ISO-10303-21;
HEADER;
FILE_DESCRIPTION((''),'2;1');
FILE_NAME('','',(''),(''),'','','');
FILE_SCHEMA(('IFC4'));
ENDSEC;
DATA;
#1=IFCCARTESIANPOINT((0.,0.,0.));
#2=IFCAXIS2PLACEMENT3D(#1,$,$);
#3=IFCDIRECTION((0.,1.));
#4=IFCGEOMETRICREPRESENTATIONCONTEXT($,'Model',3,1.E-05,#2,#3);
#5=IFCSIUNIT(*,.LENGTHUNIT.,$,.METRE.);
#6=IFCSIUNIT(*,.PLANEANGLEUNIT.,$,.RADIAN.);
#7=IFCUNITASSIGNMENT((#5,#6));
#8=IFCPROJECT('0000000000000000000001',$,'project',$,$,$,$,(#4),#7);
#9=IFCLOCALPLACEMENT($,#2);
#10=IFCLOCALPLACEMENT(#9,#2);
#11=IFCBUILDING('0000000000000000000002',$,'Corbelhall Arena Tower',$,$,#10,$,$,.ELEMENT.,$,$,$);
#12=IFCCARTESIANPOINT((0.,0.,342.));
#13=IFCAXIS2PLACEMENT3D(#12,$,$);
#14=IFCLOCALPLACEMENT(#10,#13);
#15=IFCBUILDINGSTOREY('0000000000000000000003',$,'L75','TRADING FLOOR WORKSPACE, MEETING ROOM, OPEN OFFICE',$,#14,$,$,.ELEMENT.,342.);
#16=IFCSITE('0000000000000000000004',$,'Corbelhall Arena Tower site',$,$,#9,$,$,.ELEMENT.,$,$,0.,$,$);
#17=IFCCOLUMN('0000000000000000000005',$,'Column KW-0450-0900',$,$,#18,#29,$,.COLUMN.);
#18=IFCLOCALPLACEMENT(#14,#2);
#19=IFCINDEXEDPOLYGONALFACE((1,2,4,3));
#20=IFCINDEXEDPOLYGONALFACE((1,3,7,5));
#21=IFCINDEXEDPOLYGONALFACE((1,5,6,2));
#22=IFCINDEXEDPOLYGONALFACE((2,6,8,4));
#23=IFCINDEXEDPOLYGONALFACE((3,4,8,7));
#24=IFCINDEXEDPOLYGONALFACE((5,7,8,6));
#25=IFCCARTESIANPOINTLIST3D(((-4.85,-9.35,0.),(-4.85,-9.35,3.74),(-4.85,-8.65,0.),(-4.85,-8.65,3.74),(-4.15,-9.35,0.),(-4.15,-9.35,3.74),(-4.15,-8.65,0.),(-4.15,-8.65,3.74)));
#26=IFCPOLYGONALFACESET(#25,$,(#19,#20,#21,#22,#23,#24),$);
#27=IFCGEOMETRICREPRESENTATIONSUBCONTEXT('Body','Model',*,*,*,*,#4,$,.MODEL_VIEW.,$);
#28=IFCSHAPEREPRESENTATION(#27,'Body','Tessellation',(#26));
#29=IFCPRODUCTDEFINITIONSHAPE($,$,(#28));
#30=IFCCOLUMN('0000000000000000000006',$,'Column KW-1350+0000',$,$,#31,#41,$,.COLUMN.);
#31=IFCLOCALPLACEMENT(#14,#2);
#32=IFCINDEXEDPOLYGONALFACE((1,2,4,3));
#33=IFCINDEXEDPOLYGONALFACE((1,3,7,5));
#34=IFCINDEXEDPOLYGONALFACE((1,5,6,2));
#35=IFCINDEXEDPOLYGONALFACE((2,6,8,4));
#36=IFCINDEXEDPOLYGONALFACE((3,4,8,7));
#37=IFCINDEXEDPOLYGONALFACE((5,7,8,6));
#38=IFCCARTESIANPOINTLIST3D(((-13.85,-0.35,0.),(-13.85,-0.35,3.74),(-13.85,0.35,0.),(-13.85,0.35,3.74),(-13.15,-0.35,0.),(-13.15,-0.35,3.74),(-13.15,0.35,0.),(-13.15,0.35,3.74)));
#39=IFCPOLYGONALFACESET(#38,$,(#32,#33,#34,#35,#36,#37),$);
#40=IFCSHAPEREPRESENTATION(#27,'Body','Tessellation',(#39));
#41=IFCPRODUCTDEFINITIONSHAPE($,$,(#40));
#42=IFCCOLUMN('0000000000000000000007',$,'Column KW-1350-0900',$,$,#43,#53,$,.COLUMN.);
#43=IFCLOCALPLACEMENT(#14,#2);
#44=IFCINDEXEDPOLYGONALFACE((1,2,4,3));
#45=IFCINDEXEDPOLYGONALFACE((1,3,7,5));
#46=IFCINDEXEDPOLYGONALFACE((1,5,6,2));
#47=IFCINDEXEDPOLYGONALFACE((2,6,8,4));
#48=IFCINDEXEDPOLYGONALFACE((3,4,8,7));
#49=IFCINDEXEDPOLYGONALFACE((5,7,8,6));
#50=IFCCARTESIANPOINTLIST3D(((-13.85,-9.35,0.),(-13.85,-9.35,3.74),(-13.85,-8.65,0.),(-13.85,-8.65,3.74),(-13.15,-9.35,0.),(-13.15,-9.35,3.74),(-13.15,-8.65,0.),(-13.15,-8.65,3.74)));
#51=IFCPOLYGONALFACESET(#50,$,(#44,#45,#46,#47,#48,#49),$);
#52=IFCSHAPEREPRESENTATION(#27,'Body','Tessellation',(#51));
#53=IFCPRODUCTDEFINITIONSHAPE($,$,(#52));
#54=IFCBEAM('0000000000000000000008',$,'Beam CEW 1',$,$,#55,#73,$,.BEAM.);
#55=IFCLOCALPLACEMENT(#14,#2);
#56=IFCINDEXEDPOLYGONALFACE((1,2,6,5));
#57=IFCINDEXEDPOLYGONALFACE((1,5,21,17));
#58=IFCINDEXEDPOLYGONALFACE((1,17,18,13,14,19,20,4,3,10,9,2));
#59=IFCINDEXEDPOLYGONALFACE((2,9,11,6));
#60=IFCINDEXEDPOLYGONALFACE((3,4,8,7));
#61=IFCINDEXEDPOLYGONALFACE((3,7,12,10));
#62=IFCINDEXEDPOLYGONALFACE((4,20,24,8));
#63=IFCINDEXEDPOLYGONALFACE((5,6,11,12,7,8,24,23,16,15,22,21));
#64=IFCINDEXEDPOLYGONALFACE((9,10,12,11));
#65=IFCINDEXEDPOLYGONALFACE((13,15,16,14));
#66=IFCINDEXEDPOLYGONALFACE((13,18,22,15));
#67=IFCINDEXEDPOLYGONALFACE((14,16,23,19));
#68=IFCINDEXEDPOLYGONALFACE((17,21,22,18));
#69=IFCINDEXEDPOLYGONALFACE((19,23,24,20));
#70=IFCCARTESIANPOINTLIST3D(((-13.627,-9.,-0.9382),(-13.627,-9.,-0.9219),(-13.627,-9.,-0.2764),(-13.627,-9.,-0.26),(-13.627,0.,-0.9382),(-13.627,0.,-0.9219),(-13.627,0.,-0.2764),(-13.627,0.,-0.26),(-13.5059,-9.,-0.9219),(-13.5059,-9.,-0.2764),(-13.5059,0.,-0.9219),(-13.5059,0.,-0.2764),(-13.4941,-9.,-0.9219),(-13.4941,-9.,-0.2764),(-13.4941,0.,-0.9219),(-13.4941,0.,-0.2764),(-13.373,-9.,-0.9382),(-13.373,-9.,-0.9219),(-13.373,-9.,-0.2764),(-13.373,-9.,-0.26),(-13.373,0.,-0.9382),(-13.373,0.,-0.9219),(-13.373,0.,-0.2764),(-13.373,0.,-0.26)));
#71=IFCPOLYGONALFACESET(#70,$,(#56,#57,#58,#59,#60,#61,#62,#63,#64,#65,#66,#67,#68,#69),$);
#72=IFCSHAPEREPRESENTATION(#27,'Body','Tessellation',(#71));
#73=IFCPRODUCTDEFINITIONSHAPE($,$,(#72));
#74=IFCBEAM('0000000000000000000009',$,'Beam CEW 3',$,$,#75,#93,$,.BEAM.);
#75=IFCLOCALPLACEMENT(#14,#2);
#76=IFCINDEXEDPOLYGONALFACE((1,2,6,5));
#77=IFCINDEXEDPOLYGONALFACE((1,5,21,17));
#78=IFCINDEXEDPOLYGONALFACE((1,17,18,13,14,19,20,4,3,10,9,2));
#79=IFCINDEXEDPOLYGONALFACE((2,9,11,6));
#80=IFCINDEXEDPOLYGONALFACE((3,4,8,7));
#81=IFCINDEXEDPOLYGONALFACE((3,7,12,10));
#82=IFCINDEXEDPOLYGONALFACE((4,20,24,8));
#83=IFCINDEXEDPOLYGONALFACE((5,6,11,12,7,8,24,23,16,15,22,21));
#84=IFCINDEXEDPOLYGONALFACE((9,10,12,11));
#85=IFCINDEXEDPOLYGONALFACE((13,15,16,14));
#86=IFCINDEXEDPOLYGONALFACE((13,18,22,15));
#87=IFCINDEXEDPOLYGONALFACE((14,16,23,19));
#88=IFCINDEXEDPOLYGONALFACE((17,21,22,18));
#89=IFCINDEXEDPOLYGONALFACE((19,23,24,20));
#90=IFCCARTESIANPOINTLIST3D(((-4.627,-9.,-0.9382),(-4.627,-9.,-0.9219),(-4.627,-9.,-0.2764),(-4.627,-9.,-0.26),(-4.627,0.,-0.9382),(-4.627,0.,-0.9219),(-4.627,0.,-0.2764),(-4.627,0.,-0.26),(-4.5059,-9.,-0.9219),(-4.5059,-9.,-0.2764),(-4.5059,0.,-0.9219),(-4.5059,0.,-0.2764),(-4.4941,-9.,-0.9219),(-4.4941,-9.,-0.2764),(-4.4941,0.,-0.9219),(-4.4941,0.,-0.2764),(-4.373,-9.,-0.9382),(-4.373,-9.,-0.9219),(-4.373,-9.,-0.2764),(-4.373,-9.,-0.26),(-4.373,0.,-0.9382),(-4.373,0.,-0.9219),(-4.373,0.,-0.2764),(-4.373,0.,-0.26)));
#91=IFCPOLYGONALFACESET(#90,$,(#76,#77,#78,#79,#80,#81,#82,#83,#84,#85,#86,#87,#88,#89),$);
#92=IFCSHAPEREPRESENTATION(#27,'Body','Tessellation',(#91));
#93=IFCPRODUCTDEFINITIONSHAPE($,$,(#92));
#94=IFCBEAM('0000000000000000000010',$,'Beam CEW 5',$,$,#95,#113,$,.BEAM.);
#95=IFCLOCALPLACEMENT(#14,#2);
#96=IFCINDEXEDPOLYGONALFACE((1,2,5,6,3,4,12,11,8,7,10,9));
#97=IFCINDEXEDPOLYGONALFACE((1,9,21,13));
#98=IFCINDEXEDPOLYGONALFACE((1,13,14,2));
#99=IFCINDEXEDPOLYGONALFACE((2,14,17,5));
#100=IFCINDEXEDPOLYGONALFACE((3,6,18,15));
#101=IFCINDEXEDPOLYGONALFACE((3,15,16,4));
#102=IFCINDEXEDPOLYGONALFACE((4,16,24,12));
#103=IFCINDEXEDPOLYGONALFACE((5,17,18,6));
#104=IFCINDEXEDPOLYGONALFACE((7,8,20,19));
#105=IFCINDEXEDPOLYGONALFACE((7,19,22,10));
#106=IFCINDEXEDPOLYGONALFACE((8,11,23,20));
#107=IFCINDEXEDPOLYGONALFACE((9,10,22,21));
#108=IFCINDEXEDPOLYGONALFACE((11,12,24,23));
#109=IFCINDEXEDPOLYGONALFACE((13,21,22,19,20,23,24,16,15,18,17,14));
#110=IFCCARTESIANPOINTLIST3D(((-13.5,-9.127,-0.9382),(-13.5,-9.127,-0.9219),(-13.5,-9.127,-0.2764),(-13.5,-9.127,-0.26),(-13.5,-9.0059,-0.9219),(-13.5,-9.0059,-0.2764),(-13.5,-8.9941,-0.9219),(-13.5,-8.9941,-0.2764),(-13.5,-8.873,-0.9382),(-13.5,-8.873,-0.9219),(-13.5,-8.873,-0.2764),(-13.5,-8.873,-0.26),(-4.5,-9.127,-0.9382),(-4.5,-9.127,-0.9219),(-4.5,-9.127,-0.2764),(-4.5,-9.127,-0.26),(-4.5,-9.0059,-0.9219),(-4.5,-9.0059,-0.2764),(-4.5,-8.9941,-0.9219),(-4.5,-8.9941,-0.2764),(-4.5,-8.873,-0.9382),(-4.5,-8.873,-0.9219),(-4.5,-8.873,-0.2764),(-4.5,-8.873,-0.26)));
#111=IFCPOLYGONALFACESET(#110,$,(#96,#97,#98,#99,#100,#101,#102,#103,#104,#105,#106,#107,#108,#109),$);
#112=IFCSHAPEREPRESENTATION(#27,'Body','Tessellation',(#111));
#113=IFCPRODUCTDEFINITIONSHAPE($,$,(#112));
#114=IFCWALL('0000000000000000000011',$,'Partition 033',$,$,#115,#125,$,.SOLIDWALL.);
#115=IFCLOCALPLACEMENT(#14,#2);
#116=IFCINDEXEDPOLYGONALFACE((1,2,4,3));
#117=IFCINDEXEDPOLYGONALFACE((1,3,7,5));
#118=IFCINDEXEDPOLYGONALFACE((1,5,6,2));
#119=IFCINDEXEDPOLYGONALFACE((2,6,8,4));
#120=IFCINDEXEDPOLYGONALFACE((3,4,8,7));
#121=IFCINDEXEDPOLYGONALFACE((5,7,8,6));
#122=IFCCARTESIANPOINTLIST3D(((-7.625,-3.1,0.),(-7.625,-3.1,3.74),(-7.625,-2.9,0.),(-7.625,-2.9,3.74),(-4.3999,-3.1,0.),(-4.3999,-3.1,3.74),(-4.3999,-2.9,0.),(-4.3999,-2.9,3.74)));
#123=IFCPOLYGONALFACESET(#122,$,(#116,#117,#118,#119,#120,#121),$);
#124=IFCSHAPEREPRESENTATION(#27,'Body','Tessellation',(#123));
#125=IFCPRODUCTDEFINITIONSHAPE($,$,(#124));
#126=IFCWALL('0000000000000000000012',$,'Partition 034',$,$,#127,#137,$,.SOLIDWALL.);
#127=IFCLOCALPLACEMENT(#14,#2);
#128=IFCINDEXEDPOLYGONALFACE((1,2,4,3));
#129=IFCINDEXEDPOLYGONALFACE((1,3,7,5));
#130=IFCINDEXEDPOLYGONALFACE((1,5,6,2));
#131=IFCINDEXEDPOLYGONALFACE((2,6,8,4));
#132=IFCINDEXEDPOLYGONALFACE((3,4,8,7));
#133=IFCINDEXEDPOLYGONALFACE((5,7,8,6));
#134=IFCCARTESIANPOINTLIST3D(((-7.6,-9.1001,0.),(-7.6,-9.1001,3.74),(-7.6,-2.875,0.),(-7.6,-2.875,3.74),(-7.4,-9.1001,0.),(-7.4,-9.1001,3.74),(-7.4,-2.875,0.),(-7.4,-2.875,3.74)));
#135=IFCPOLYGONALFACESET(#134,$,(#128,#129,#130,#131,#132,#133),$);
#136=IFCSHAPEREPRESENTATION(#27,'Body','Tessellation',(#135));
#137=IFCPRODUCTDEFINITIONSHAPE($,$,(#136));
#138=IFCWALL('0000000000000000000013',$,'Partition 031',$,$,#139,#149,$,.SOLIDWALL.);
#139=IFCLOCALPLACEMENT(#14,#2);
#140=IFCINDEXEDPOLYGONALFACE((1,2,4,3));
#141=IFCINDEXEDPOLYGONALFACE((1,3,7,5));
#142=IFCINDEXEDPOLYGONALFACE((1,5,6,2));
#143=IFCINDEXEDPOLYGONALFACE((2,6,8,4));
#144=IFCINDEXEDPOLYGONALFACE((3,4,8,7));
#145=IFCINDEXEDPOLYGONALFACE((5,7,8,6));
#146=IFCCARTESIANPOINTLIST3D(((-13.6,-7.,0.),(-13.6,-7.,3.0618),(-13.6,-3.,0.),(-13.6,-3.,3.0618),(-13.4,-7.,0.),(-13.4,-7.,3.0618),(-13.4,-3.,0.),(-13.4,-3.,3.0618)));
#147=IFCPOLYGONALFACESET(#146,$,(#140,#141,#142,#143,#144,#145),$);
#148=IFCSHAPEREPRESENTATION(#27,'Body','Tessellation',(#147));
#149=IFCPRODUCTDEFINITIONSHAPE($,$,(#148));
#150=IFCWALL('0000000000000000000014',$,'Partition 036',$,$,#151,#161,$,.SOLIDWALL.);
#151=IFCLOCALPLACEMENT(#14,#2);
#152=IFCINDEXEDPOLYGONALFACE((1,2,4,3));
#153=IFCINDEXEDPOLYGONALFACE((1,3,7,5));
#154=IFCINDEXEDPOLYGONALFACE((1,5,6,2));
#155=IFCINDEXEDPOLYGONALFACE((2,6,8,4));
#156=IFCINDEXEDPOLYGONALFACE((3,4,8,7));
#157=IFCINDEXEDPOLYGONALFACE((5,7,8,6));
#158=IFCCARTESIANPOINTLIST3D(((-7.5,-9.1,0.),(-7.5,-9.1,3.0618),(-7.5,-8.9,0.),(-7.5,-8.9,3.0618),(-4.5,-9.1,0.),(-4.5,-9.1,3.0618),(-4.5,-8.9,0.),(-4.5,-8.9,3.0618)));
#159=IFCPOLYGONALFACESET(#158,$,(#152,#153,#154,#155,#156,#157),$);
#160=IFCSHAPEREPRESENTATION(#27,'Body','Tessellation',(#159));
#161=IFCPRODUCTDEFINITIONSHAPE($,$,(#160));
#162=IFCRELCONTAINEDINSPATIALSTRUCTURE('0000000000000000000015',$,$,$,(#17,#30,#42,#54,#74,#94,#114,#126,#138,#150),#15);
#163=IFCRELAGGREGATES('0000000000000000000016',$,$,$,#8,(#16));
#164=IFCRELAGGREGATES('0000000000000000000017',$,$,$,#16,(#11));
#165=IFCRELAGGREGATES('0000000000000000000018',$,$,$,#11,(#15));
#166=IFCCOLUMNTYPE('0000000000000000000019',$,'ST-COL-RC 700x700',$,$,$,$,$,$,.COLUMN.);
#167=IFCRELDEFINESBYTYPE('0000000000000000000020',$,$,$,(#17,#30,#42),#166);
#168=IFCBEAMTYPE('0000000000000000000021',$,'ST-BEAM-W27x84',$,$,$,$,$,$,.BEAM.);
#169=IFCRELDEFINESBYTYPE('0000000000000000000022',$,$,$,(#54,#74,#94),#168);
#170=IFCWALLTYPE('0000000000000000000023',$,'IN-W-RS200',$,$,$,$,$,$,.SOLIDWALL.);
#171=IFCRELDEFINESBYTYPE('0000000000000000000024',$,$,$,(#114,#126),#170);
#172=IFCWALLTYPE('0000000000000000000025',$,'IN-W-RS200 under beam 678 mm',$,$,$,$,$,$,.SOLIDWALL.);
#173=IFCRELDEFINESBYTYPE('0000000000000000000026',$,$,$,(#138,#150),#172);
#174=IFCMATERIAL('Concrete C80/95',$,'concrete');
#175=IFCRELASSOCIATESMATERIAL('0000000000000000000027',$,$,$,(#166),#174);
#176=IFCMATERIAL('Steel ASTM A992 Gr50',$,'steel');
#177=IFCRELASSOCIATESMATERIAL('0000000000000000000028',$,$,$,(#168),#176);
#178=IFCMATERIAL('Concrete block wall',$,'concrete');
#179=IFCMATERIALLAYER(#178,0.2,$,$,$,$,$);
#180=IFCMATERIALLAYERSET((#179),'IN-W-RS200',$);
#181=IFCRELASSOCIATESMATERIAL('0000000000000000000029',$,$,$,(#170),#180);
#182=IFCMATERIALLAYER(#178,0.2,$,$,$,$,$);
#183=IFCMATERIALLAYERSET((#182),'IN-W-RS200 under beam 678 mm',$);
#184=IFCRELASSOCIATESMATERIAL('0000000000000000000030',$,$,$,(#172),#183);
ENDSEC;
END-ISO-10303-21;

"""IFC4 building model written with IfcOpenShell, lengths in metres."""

from ifc_helpers import new_model, si_unit, direction, frame, frame_2d, origin, origin_2d, place, context, subcontext, project, spatial, rectangle, i_section, extrude, material, layer, layer_set, material_profile, profile_set, type_object, element, save


model = new_model("IFC4")

# Units and contexts
model_context = context("Model", 3, precision=1e-05, world=origin(), true_north=direction((0.0, 1.0)))
body_context = subcontext(model_context, "Body", "Model", "MODEL_VIEW")
ifc_project = project(units=[si_unit("LENGTHUNIT", "METRE"), si_unit("PLANEANGLEUNIT", "RADIAN")], contexts=[model_context])

# Site, building, storey
site_placement = place(None, origin())
site = spatial("IfcSite", under=ifc_project, at=site_placement, Name="Corbelhall Arena Tower site", CompositionType="ELEMENT", RefElevation=0.0)
building_placement = place(site_placement, origin())
building = spatial("IfcBuilding", under=site, at=building_placement, Name="Corbelhall Arena Tower", CompositionType="ELEMENT")
storey_placement = place(building_placement, frame((0.0, 0.0, 342.0)))
storey = spatial("IfcBuildingStorey", under=building, at=storey_placement, Name="L75", Description="TRADING FLOOR WORKSPACE, MEETING ROOM, OPEN OFFICE", CompositionType="ELEMENT", Elevation=342.0)

# Columns
ifc_material_1 = material(Name="Concrete C80/95", Category="concrete")
ifc_material_profile_1 = material_profile(ifc_material_1, rectangle(XDim=0.7, YDim=0.7, at=origin_2d()))
ifc_profile_set_1 = profile_set([ifc_material_profile_1], Name="Concrete C80/95")
column_type = type_object("IfcColumnType", Name="ST-COL-RC 700x700", PredefinedType="COLUMN", material=ifc_profile_set_1)
for number, where, z_axis, x_axis, name in (
    (1, (-4.5, -9.0, 0.0), (0.0, 0.0, 1.0), (1.0, 0.0, 0.0), "Column KW-0450-0900"),
    (2, (-13.5, 0.0, 0.0), (0.0, 0.0, 1.0), (1.0, 0.0, 0.0), "Column KW-1350+0000"),
    (3, (-13.5, -9.0, 0.0), (0.0, 0.0, 1.0), (1.0, 0.0, 0.0), "Column KW-1350-0900"),
):
    element("IfcColumn", number, at=place(storey_placement, frame(where, z_axis=z_axis, x_axis=x_axis)), inside=storey, type_object=column_type, Name=name, PredefinedType="COLUMN", context=body_context, shape_type="SweptSolid", body=[
        extrude(rectangle(XDim=0.7, YDim=0.7, at=origin_2d()), origin(), (0.0, 0.0, 1.0), 3.74),
    ])

# Beams
ifc_material_2 = material(Name="Steel ASTM A992 Gr50", Category="steel")
ifc_material_profile_2 = material_profile(ifc_material_2, i_section(OverallWidth=0.2539, OverallDepth=0.6782, WebThickness=0.0117, FlangeThickness=0.0164, at=origin_2d()))
ifc_profile_set_2 = profile_set([ifc_material_profile_2], Name="Steel ASTM A992 Gr50")
beam_type = type_object("IfcBeamType", Name="ST-BEAM-W27x84", PredefinedType="BEAM", material=ifc_profile_set_2)
for number, where, z_axis, x_axis, name in (
    (4, (-13.5, -9.0, -0.5991), (0.0, 1.0, 0.0), (-1.0, 0.0, 0.0), "Beam CEW 1"),
    (5, (-4.5, -9.0, -0.5991), (0.0, 1.0, 0.0), (-1.0, 0.0, 0.0), "Beam CEW 3"),
    (6, (-13.5, -9.0, -0.5991), (1.0, 0.0, 0.0), (0.0, 1.0, 0.0), "Beam CEW 5"),
):
    element("IfcBeam", number, at=place(storey_placement, frame(where, z_axis=z_axis, x_axis=x_axis)), inside=storey, type_object=beam_type, Name=name, PredefinedType="BEAM", context=body_context, shape_type="SweptSolid", body=[
        extrude(i_section(OverallWidth=0.2539, OverallDepth=0.6782, WebThickness=0.0117, FlangeThickness=0.0164, at=origin_2d()), origin(), (0.0, 0.0, 1.0), 9.0),
    ])

# Shared definitions
ifc_material_3 = material(Name="Concrete block wall", Category="concrete")
ifc_layer_1 = layer(ifc_material_3, 0.2)
ifc_layer_set_1 = layer_set([ifc_layer_1], Name="IN-W-RS200")
wall_type_1 = type_object("IfcWallType", Name="IN-W-RS200", PredefinedType="SOLIDWALL", material=ifc_layer_set_1)

# Walls
wall_1_placement = place(storey_placement, frame((-7.625, -3.0, 0.0), z_axis=(0.0, 0.0, 1.0), x_axis=(1.0, 0.0, 0.0)))
element("IfcWall", 7, at=wall_1_placement, inside=storey, type_object=wall_type_1, Name="Partition 033", PredefinedType="SOLIDWALL", context=body_context, shape_type="SweptSolid", body=[
    extrude(rectangle(XDim=3.2251, YDim=0.2, at=frame_2d((1.6125, 0.0))), origin(), (0.0, 0.0, 1.0), 3.74),
])
wall_2_placement = place(storey_placement, frame((-7.5, -9.1001, 0.0), z_axis=(0.0, 0.0, 1.0), x_axis=(0.0, 1.0, 0.0)))
element("IfcWall", 8, at=wall_2_placement, inside=storey, type_object=wall_type_1, Name="Partition 034", PredefinedType="SOLIDWALL", context=body_context, shape_type="SweptSolid", body=[
    extrude(rectangle(XDim=6.2251, YDim=0.2, at=frame_2d((3.1125, 0.0))), origin(), (0.0, 0.0, 1.0), 3.74),
])
ifc_layer_2 = layer(ifc_material_3, 0.2)
ifc_layer_set_2 = layer_set([ifc_layer_2], Name="IN-W-RS200 under beam 678 mm")
wall_type_2 = type_object("IfcWallType", Name="IN-W-RS200 under beam 678 mm", PredefinedType="SOLIDWALL", material=ifc_layer_set_2)
wall_3_placement = place(storey_placement, frame((-13.5, -7.0, 0.0), z_axis=(0.0, 0.0, 1.0), x_axis=(0.0, 1.0, 0.0)))
element("IfcWall", 9, at=wall_3_placement, inside=storey, type_object=wall_type_2, Name="Partition 031", PredefinedType="SOLIDWALL", context=body_context, shape_type="SweptSolid", body=[
    extrude(rectangle(XDim=4.0, YDim=0.2, at=frame_2d((2.0, 0.0))), origin(), (0.0, 0.0, 1.0), 3.0618),
])
wall_4_placement = place(storey_placement, frame((-4.5, -9.0, 0.0), z_axis=(0.0, 0.0, 1.0), x_axis=(-1.0, 0.0, 0.0)))
element("IfcWall", 10, at=wall_4_placement, inside=storey, type_object=wall_type_2, Name="Partition 036", PredefinedType="SOLIDWALL", context=body_context, shape_type="SweptSolid", body=[
    extrude(rectangle(XDim=3.0, YDim=0.2, at=frame_2d((1.5, 0.0))), origin(), (0.0, 0.0, 1.0), 3.0618),
])

save(model, "model.ifc")
